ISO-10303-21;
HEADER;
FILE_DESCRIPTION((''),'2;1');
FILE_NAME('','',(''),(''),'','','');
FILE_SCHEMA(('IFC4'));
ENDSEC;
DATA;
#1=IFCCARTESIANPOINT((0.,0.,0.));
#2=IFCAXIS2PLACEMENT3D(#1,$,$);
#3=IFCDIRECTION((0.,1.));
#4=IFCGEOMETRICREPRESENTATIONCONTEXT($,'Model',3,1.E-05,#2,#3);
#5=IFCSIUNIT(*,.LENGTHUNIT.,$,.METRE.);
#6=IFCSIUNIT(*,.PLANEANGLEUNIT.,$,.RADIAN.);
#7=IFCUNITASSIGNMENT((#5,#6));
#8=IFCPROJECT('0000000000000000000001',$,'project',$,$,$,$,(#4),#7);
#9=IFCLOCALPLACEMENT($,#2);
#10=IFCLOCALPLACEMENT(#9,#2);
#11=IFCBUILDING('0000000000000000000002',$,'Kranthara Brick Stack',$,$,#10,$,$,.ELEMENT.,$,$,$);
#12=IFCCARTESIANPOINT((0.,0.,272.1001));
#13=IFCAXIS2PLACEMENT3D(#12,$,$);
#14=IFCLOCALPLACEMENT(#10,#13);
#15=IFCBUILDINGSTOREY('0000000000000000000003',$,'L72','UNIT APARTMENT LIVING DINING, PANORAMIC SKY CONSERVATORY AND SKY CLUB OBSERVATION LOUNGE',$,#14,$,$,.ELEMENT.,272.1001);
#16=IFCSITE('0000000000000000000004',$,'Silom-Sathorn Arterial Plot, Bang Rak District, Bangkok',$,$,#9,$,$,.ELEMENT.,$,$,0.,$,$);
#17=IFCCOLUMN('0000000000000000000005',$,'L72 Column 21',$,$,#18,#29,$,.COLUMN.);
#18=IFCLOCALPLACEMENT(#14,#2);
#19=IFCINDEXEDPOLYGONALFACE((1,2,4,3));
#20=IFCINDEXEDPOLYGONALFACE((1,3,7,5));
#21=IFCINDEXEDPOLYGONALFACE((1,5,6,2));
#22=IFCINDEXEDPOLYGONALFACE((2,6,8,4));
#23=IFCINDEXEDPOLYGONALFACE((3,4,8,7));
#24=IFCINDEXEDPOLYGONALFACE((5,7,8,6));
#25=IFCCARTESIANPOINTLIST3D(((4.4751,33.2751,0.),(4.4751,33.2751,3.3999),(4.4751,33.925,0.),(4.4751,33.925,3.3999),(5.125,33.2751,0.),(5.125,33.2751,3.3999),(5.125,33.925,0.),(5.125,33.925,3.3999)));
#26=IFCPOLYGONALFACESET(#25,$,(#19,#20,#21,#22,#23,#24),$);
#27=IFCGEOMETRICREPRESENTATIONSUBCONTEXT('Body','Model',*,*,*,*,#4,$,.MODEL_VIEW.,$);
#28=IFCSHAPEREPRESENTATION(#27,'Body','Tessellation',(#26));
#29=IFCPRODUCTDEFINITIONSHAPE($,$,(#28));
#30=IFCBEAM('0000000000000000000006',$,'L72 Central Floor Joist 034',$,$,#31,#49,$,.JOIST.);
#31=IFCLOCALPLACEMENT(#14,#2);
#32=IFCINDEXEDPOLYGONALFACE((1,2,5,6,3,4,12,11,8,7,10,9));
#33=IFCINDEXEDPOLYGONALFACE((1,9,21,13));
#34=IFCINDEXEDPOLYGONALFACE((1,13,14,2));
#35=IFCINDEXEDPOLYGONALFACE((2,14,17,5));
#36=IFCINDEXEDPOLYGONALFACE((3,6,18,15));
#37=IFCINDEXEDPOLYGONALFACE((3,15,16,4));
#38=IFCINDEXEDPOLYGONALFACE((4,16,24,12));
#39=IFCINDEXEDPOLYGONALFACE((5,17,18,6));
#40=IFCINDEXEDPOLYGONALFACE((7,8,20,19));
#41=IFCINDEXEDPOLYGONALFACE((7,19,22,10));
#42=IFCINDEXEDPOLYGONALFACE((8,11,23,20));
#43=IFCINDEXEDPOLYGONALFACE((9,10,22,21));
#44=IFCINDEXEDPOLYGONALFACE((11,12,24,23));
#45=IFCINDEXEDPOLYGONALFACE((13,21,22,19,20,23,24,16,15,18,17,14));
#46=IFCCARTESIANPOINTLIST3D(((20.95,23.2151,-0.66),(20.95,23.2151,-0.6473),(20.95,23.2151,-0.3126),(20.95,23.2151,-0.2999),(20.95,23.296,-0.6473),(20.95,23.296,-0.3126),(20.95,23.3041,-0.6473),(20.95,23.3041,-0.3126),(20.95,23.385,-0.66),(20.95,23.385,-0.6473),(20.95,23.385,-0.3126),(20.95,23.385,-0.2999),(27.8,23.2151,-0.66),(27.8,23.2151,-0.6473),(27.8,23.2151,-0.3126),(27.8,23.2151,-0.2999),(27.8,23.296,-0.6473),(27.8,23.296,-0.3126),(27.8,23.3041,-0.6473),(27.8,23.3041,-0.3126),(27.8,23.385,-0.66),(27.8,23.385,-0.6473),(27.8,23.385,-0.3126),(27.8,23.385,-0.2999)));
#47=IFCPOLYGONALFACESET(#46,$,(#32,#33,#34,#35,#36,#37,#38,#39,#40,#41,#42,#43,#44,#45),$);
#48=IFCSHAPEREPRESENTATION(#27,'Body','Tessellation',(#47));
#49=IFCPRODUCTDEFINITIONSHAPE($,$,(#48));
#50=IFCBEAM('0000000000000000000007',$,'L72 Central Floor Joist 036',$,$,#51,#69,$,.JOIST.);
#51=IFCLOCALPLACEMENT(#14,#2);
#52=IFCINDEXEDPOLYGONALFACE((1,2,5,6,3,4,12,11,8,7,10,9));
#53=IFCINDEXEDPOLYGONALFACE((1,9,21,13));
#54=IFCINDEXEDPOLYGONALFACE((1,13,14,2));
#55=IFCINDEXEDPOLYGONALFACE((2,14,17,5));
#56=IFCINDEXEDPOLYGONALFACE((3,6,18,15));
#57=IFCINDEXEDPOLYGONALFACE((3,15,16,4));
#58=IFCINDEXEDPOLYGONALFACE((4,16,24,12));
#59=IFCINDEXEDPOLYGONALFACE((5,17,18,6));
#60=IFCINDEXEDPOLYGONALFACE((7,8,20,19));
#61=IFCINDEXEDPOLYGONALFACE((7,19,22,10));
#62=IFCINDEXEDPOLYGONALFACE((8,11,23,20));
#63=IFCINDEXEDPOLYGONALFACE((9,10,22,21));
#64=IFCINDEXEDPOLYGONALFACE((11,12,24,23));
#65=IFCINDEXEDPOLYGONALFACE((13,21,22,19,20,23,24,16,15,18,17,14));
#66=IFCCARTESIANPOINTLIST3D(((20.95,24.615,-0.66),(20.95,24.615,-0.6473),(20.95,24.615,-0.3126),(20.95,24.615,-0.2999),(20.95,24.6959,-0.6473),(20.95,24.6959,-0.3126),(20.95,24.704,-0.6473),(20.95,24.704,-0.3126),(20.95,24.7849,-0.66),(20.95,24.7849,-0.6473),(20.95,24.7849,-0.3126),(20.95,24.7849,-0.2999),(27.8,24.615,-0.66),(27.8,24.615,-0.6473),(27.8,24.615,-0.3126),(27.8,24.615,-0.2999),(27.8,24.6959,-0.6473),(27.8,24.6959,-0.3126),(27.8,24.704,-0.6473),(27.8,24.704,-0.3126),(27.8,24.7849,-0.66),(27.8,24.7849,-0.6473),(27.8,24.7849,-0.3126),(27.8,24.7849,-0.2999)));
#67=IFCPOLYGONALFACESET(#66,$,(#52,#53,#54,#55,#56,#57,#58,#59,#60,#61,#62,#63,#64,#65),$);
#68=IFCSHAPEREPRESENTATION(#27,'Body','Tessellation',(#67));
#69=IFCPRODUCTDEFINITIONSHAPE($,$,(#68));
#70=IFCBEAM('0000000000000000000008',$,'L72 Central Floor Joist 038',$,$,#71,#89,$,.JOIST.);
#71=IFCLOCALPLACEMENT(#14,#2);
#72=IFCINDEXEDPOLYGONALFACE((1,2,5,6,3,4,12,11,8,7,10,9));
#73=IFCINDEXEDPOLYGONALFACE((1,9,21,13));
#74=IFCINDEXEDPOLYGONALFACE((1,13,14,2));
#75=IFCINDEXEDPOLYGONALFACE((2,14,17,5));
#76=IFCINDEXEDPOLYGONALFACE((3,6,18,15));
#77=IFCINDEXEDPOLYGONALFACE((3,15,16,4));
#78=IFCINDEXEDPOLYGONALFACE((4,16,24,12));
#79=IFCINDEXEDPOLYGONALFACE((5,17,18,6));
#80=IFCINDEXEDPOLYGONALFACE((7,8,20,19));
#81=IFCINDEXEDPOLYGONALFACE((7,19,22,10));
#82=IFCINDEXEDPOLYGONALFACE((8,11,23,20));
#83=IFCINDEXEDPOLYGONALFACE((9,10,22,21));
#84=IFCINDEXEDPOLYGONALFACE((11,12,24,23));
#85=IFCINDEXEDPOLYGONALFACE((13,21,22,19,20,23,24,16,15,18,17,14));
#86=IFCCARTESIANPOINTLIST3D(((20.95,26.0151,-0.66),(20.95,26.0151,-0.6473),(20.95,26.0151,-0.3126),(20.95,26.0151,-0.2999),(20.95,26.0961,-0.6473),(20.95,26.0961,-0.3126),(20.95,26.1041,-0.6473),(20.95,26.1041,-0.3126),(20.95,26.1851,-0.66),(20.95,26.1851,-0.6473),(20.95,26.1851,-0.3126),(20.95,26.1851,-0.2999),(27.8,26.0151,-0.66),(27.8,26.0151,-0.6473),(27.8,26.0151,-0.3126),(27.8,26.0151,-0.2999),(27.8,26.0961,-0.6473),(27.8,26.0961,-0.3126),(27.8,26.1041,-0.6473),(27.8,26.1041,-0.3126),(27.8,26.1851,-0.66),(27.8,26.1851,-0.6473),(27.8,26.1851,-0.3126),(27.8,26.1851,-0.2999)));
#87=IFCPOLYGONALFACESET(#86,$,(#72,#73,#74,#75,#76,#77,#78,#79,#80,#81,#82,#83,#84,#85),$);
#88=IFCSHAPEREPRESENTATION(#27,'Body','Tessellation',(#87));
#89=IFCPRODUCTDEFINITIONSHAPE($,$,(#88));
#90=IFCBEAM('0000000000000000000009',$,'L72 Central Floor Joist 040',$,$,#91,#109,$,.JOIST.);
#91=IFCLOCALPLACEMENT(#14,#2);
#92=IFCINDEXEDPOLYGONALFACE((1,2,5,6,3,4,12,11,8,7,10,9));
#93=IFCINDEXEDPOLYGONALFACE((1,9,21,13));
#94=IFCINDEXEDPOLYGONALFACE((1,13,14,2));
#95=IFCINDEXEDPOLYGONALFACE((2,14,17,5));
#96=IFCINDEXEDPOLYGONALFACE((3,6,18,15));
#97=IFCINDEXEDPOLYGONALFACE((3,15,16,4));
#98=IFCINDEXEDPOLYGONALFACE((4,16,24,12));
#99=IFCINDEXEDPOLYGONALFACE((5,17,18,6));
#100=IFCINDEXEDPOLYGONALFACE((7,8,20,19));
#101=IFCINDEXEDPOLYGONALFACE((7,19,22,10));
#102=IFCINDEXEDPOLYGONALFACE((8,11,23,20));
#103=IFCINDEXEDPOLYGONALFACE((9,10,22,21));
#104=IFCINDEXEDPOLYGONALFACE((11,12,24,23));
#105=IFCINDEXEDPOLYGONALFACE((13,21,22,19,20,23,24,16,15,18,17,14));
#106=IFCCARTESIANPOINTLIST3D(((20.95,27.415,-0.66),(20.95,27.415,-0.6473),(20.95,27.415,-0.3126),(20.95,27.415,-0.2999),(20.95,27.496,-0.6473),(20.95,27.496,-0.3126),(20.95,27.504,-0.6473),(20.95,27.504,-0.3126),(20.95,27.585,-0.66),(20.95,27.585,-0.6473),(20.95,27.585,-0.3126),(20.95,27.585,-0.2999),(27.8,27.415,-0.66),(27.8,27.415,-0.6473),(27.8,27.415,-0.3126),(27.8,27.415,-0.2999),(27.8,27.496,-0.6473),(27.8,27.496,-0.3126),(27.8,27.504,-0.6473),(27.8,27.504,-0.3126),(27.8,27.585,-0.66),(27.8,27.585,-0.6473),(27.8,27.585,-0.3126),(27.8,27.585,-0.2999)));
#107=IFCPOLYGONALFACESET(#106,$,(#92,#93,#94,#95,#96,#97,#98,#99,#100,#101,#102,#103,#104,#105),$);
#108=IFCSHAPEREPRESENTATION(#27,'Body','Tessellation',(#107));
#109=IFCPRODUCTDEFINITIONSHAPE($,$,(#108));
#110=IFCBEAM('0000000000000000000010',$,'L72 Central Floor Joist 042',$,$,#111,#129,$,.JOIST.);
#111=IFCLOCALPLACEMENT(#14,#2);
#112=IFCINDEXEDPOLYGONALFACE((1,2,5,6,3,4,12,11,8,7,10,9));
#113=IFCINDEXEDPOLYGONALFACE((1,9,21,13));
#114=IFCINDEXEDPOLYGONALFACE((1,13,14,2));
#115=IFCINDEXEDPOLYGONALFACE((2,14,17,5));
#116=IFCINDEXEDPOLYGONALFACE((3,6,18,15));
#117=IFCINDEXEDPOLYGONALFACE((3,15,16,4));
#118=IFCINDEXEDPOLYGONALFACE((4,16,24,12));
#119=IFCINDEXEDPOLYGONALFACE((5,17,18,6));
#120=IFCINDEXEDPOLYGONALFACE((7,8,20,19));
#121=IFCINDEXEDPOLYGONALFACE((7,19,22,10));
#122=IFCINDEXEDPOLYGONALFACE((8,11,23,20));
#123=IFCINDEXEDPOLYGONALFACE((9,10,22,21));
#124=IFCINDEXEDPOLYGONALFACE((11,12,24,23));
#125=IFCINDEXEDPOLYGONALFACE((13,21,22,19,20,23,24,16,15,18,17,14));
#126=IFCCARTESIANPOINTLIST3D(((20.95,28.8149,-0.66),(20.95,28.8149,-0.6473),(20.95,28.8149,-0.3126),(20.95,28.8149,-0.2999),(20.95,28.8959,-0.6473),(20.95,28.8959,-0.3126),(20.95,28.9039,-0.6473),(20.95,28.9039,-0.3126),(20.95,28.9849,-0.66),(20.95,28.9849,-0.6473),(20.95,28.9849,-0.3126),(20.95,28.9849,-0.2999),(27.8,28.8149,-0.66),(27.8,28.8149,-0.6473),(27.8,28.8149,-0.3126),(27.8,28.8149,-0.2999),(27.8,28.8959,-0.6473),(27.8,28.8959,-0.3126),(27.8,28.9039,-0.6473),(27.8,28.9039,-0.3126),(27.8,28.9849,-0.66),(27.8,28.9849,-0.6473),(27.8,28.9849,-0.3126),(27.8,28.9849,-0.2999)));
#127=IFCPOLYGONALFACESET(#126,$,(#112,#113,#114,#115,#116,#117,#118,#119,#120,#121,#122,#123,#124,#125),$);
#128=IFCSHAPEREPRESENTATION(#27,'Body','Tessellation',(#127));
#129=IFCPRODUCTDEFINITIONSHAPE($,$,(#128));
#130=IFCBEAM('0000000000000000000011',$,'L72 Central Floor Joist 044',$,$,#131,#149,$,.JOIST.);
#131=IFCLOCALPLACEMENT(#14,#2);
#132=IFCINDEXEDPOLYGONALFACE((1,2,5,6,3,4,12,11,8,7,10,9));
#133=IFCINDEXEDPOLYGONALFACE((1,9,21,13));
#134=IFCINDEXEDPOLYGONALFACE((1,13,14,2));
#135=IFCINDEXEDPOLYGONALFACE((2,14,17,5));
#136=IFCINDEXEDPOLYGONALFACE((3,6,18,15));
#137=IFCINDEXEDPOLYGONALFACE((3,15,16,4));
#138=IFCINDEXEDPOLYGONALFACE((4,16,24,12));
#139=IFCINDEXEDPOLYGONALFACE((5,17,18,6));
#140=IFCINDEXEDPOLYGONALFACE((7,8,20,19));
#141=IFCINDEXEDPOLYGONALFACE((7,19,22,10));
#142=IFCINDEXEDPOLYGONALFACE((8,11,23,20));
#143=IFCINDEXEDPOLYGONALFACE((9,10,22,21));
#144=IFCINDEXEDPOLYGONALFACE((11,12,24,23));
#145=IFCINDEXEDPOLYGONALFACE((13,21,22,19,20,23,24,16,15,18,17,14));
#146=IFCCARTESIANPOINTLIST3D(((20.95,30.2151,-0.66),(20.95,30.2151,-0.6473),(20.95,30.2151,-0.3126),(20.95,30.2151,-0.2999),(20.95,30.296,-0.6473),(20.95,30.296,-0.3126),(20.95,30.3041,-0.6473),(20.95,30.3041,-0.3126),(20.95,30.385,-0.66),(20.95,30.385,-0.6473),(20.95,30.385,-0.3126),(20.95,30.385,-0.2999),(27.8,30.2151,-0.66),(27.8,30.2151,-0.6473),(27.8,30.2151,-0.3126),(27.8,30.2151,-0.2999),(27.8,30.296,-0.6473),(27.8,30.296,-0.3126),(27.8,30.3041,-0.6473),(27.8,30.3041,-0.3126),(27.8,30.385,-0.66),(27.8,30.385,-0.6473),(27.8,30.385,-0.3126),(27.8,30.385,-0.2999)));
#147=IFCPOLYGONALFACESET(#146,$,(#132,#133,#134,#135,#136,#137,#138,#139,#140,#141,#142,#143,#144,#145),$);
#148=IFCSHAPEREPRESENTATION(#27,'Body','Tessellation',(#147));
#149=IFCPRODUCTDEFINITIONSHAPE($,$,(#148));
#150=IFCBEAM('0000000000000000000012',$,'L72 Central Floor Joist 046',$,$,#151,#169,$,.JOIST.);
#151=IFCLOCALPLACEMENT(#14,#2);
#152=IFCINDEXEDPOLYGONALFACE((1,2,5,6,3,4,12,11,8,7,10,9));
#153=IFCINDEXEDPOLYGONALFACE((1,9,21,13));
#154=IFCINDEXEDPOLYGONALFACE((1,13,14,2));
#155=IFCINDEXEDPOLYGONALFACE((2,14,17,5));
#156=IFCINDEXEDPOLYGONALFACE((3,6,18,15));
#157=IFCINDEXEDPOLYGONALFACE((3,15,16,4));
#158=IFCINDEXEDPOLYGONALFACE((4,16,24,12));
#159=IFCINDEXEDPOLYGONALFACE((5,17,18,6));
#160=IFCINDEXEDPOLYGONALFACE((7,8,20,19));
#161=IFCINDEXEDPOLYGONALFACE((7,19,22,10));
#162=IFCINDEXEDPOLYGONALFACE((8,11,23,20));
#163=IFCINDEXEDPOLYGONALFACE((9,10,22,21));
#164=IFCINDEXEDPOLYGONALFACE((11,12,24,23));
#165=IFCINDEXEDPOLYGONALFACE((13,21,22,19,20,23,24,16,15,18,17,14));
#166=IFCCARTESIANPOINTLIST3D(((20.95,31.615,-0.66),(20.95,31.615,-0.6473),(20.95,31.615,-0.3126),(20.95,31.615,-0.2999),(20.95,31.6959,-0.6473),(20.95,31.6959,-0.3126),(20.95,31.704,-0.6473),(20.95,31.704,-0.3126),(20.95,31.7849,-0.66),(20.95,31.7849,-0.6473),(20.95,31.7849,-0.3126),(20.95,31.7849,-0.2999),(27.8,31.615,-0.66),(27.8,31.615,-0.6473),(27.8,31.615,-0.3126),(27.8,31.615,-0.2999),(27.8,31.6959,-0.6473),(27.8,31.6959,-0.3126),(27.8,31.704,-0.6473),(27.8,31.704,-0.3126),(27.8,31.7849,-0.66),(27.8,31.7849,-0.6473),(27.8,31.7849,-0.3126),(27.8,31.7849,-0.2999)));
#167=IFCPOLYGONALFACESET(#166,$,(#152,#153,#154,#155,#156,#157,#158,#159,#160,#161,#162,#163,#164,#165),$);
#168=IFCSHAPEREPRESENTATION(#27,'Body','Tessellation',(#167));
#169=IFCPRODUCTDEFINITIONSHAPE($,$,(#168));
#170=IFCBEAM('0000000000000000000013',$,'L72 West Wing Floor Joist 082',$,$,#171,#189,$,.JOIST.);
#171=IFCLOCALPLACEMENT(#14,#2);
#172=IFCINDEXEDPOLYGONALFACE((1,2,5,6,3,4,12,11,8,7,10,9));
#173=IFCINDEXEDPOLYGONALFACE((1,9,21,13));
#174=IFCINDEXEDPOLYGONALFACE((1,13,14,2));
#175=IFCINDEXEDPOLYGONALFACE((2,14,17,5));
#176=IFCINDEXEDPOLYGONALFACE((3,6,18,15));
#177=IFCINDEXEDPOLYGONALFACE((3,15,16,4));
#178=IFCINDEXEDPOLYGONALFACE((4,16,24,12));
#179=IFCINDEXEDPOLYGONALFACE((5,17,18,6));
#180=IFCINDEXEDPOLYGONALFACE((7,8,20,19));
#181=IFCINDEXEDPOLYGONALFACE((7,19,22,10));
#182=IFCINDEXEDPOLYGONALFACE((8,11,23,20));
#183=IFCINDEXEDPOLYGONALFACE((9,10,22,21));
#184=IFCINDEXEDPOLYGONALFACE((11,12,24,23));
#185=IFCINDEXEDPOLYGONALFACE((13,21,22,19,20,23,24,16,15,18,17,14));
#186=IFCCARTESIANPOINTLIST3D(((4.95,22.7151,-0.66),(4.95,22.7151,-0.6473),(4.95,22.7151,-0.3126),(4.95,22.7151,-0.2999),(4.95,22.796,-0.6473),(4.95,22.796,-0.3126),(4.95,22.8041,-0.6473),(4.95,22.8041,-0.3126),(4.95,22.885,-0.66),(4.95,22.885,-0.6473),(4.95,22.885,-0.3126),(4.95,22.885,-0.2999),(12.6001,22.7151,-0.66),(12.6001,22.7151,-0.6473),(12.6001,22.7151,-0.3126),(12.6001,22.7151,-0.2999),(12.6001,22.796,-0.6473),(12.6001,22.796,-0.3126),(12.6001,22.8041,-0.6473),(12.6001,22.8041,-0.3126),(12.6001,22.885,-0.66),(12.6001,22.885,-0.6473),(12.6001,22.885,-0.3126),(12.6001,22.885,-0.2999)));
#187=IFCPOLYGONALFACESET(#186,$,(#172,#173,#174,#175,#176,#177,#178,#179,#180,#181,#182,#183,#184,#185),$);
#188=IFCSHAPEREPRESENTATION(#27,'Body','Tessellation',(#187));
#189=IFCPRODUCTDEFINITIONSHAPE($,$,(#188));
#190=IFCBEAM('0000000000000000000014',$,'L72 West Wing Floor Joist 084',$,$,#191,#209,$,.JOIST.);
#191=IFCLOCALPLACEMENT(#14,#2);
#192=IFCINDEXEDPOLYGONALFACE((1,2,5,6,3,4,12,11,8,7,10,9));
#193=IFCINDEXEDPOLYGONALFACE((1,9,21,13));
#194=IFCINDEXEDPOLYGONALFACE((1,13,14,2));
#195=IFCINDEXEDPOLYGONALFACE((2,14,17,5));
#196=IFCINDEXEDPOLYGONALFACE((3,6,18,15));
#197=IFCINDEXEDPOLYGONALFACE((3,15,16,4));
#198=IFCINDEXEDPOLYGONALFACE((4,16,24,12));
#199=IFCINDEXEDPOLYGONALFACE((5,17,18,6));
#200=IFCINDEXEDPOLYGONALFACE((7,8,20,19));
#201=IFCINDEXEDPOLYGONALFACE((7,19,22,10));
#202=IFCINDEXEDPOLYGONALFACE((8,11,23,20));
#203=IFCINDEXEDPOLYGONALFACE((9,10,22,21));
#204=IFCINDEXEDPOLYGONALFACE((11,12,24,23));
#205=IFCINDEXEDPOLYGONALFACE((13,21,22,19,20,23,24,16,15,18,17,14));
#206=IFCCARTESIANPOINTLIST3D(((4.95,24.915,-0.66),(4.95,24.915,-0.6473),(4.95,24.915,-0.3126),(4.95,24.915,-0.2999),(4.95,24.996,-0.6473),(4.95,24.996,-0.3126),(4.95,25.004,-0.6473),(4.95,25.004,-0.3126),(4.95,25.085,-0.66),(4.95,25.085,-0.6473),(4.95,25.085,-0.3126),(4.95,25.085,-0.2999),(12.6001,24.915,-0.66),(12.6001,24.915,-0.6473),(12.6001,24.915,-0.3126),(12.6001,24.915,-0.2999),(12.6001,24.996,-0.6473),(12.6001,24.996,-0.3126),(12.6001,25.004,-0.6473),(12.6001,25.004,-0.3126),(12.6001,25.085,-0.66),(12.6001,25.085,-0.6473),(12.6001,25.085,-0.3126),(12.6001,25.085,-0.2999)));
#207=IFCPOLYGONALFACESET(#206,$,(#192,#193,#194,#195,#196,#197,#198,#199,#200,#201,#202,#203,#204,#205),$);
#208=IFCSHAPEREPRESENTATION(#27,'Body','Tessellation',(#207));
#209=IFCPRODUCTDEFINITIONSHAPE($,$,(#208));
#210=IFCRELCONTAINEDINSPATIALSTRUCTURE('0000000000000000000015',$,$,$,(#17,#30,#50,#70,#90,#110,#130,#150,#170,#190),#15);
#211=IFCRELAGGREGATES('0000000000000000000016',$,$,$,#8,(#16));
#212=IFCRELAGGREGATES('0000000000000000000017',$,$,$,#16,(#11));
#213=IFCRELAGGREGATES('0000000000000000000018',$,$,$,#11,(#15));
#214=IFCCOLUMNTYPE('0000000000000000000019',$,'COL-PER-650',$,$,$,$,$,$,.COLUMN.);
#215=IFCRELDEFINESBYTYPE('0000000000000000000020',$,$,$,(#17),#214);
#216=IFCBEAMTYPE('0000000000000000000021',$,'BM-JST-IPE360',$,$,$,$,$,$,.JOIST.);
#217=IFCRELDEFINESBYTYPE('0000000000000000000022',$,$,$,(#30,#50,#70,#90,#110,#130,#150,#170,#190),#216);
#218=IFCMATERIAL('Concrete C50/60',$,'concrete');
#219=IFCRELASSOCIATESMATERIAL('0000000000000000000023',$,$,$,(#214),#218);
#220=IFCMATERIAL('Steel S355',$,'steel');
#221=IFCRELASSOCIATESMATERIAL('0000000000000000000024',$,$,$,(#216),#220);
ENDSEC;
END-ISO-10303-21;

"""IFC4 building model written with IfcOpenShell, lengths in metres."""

from ifc_helpers import new_model, si_unit, direction, frame, origin, origin_2d, place, context, subcontext, project, spatial, rectangle, i_section, extrude, material, material_profile, profile_set, type_object, element, save


model = new_model("IFC4")

# Units and contexts
model_context = context("Model", 3, precision=1e-05, world=origin(), true_north=direction((0.0, 1.0)))
body_context = subcontext(model_context, "Body", "Model", "MODEL_VIEW")
ifc_project = project(units=[si_unit("LENGTHUNIT", "METRE"), si_unit("PLANEANGLEUNIT", "RADIAN")], contexts=[model_context])

# Site, building, storey
site_placement = place(None, origin())
site = spatial("IfcSite", under=ifc_project, at=site_placement, Name="Silom-Sathorn Arterial Plot, Bang Rak District, Bangkok", CompositionType="ELEMENT", RefElevation=0.0)
building_placement = place(site_placement, origin())
building = spatial("IfcBuilding", under=site, at=building_placement, Name="Kranthara Brick Stack", CompositionType="ELEMENT")
storey_placement = place(building_placement, frame((0.0, 0.0, 272.1001)))
storey = spatial("IfcBuildingStorey", under=building, at=storey_placement, Name="L72", Description="UNIT APARTMENT LIVING DINING, PANORAMIC SKY CONSERVATORY AND SKY CLUB OBSERVATION LOUNGE", CompositionType="ELEMENT", Elevation=272.1001)

# Column
ifc_material_1 = material(Name="Concrete C50/60", Category="concrete")
ifc_material_profile_1 = material_profile(ifc_material_1, rectangle(XDim=0.6499, YDim=0.6499, at=origin_2d()), Name="RC 650x650")
ifc_profile_set_1 = profile_set([ifc_material_profile_1], Name="Concrete C50/60")
column_type = type_object("IfcColumnType", Name="COL-PER-650", PredefinedType="COLUMN", material=ifc_profile_set_1)
column_placement = place(storey_placement, frame((4.8, 33.6001, 0.0), z_axis=(0.0, 0.0, 1.0), x_axis=(1.0, 0.0, 0.0)))
element("IfcColumn", 1, at=column_placement, inside=storey, type_object=column_type, Name="L72 Column 21", PredefinedType="COLUMN", context=body_context, shape_type="SweptSolid", body=[
    extrude(rectangle(XDim=0.6499, YDim=0.6499, at=origin_2d()), origin(), (0.0, 0.0, 1.0), 3.3999),
])

# Beams
ifc_material_2 = material(Name="Steel S355", Category="steel")
ifc_material_profile_2 = material_profile(ifc_material_2, i_section(OverallWidth=0.1699, OverallDepth=0.3601, WebThickness=0.0081, FlangeThickness=0.0127, at=origin_2d()), Name="IPE 360")
ifc_profile_set_2 = profile_set([ifc_material_profile_2], Name="Steel S355")
beam_type_1 = type_object("IfcBeamType", Name="BM-JST-IPE360", PredefinedType="JOIST", material=ifc_profile_set_2)
for number, where, z_axis, x_axis, name in (
    (2, (20.95, 23.3, -0.48), (1.0, 0.0, 0.0), (0.0, 1.0, 0.0), "L72 Central Floor Joist 034"),
    (3, (20.95, 24.7, -0.48), (1.0, 0.0, 0.0), (0.0, 1.0, 0.0), "L72 Central Floor Joist 036"),
    (4, (20.95, 26.1001, -0.48), (1.0, 0.0, 0.0), (0.0, 1.0, 0.0), "L72 Central Floor Joist 038"),
    (5, (20.95, 27.5, -0.48), (1.0, 0.0, 0.0), (0.0, 1.0, 0.0), "L72 Central Floor Joist 040"),
    (6, (20.95, 28.8999, -0.48), (1.0, 0.0, 0.0), (0.0, 1.0, 0.0), "L72 Central Floor Joist 042"),
    (7, (20.95, 30.3, -0.48), (1.0, 0.0, 0.0), (0.0, 1.0, 0.0), "L72 Central Floor Joist 044"),
    (8, (20.95, 31.7, -0.48), (1.0, 0.0, 0.0), (0.0, 1.0, 0.0), "L72 Central Floor Joist 046"),
):
    element("IfcBeam", number, at=place(storey_placement, frame(where, z_axis=z_axis, x_axis=x_axis)), inside=storey, type_object=beam_type_1, Name=name, PredefinedType="JOIST", context=body_context, shape_type="SweptSolid", body=[
        extrude(i_section(OverallWidth=0.1699, OverallDepth=0.3601, WebThickness=0.0081, FlangeThickness=0.0127, at=origin_2d()), origin(), (0.0, 0.0, 1.0), 6.8501),
    ])
for number, where, z_axis, x_axis, name in (
    (9, (4.95, 22.8, -0.48), (1.0, 0.0, 0.0), (0.0, 1.0, 0.0), "L72 West Wing Floor Joist 082"),
    (10, (4.95, 25.0, -0.48), (1.0, 0.0, 0.0), (0.0, 1.0, 0.0), "L72 West Wing Floor Joist 084"),
):
    element("IfcBeam", number, at=place(storey_placement, frame(where, z_axis=z_axis, x_axis=x_axis)), inside=storey, type_object=beam_type_1, Name=name, PredefinedType="JOIST", context=body_context, shape_type="SweptSolid", body=[
        extrude(i_section(OverallWidth=0.1699, OverallDepth=0.3601, WebThickness=0.0081, FlangeThickness=0.0127, at=origin_2d()), origin(), (0.0, 0.0, 1.0), 7.6501),
    ])

save(model, "model.ifc")
